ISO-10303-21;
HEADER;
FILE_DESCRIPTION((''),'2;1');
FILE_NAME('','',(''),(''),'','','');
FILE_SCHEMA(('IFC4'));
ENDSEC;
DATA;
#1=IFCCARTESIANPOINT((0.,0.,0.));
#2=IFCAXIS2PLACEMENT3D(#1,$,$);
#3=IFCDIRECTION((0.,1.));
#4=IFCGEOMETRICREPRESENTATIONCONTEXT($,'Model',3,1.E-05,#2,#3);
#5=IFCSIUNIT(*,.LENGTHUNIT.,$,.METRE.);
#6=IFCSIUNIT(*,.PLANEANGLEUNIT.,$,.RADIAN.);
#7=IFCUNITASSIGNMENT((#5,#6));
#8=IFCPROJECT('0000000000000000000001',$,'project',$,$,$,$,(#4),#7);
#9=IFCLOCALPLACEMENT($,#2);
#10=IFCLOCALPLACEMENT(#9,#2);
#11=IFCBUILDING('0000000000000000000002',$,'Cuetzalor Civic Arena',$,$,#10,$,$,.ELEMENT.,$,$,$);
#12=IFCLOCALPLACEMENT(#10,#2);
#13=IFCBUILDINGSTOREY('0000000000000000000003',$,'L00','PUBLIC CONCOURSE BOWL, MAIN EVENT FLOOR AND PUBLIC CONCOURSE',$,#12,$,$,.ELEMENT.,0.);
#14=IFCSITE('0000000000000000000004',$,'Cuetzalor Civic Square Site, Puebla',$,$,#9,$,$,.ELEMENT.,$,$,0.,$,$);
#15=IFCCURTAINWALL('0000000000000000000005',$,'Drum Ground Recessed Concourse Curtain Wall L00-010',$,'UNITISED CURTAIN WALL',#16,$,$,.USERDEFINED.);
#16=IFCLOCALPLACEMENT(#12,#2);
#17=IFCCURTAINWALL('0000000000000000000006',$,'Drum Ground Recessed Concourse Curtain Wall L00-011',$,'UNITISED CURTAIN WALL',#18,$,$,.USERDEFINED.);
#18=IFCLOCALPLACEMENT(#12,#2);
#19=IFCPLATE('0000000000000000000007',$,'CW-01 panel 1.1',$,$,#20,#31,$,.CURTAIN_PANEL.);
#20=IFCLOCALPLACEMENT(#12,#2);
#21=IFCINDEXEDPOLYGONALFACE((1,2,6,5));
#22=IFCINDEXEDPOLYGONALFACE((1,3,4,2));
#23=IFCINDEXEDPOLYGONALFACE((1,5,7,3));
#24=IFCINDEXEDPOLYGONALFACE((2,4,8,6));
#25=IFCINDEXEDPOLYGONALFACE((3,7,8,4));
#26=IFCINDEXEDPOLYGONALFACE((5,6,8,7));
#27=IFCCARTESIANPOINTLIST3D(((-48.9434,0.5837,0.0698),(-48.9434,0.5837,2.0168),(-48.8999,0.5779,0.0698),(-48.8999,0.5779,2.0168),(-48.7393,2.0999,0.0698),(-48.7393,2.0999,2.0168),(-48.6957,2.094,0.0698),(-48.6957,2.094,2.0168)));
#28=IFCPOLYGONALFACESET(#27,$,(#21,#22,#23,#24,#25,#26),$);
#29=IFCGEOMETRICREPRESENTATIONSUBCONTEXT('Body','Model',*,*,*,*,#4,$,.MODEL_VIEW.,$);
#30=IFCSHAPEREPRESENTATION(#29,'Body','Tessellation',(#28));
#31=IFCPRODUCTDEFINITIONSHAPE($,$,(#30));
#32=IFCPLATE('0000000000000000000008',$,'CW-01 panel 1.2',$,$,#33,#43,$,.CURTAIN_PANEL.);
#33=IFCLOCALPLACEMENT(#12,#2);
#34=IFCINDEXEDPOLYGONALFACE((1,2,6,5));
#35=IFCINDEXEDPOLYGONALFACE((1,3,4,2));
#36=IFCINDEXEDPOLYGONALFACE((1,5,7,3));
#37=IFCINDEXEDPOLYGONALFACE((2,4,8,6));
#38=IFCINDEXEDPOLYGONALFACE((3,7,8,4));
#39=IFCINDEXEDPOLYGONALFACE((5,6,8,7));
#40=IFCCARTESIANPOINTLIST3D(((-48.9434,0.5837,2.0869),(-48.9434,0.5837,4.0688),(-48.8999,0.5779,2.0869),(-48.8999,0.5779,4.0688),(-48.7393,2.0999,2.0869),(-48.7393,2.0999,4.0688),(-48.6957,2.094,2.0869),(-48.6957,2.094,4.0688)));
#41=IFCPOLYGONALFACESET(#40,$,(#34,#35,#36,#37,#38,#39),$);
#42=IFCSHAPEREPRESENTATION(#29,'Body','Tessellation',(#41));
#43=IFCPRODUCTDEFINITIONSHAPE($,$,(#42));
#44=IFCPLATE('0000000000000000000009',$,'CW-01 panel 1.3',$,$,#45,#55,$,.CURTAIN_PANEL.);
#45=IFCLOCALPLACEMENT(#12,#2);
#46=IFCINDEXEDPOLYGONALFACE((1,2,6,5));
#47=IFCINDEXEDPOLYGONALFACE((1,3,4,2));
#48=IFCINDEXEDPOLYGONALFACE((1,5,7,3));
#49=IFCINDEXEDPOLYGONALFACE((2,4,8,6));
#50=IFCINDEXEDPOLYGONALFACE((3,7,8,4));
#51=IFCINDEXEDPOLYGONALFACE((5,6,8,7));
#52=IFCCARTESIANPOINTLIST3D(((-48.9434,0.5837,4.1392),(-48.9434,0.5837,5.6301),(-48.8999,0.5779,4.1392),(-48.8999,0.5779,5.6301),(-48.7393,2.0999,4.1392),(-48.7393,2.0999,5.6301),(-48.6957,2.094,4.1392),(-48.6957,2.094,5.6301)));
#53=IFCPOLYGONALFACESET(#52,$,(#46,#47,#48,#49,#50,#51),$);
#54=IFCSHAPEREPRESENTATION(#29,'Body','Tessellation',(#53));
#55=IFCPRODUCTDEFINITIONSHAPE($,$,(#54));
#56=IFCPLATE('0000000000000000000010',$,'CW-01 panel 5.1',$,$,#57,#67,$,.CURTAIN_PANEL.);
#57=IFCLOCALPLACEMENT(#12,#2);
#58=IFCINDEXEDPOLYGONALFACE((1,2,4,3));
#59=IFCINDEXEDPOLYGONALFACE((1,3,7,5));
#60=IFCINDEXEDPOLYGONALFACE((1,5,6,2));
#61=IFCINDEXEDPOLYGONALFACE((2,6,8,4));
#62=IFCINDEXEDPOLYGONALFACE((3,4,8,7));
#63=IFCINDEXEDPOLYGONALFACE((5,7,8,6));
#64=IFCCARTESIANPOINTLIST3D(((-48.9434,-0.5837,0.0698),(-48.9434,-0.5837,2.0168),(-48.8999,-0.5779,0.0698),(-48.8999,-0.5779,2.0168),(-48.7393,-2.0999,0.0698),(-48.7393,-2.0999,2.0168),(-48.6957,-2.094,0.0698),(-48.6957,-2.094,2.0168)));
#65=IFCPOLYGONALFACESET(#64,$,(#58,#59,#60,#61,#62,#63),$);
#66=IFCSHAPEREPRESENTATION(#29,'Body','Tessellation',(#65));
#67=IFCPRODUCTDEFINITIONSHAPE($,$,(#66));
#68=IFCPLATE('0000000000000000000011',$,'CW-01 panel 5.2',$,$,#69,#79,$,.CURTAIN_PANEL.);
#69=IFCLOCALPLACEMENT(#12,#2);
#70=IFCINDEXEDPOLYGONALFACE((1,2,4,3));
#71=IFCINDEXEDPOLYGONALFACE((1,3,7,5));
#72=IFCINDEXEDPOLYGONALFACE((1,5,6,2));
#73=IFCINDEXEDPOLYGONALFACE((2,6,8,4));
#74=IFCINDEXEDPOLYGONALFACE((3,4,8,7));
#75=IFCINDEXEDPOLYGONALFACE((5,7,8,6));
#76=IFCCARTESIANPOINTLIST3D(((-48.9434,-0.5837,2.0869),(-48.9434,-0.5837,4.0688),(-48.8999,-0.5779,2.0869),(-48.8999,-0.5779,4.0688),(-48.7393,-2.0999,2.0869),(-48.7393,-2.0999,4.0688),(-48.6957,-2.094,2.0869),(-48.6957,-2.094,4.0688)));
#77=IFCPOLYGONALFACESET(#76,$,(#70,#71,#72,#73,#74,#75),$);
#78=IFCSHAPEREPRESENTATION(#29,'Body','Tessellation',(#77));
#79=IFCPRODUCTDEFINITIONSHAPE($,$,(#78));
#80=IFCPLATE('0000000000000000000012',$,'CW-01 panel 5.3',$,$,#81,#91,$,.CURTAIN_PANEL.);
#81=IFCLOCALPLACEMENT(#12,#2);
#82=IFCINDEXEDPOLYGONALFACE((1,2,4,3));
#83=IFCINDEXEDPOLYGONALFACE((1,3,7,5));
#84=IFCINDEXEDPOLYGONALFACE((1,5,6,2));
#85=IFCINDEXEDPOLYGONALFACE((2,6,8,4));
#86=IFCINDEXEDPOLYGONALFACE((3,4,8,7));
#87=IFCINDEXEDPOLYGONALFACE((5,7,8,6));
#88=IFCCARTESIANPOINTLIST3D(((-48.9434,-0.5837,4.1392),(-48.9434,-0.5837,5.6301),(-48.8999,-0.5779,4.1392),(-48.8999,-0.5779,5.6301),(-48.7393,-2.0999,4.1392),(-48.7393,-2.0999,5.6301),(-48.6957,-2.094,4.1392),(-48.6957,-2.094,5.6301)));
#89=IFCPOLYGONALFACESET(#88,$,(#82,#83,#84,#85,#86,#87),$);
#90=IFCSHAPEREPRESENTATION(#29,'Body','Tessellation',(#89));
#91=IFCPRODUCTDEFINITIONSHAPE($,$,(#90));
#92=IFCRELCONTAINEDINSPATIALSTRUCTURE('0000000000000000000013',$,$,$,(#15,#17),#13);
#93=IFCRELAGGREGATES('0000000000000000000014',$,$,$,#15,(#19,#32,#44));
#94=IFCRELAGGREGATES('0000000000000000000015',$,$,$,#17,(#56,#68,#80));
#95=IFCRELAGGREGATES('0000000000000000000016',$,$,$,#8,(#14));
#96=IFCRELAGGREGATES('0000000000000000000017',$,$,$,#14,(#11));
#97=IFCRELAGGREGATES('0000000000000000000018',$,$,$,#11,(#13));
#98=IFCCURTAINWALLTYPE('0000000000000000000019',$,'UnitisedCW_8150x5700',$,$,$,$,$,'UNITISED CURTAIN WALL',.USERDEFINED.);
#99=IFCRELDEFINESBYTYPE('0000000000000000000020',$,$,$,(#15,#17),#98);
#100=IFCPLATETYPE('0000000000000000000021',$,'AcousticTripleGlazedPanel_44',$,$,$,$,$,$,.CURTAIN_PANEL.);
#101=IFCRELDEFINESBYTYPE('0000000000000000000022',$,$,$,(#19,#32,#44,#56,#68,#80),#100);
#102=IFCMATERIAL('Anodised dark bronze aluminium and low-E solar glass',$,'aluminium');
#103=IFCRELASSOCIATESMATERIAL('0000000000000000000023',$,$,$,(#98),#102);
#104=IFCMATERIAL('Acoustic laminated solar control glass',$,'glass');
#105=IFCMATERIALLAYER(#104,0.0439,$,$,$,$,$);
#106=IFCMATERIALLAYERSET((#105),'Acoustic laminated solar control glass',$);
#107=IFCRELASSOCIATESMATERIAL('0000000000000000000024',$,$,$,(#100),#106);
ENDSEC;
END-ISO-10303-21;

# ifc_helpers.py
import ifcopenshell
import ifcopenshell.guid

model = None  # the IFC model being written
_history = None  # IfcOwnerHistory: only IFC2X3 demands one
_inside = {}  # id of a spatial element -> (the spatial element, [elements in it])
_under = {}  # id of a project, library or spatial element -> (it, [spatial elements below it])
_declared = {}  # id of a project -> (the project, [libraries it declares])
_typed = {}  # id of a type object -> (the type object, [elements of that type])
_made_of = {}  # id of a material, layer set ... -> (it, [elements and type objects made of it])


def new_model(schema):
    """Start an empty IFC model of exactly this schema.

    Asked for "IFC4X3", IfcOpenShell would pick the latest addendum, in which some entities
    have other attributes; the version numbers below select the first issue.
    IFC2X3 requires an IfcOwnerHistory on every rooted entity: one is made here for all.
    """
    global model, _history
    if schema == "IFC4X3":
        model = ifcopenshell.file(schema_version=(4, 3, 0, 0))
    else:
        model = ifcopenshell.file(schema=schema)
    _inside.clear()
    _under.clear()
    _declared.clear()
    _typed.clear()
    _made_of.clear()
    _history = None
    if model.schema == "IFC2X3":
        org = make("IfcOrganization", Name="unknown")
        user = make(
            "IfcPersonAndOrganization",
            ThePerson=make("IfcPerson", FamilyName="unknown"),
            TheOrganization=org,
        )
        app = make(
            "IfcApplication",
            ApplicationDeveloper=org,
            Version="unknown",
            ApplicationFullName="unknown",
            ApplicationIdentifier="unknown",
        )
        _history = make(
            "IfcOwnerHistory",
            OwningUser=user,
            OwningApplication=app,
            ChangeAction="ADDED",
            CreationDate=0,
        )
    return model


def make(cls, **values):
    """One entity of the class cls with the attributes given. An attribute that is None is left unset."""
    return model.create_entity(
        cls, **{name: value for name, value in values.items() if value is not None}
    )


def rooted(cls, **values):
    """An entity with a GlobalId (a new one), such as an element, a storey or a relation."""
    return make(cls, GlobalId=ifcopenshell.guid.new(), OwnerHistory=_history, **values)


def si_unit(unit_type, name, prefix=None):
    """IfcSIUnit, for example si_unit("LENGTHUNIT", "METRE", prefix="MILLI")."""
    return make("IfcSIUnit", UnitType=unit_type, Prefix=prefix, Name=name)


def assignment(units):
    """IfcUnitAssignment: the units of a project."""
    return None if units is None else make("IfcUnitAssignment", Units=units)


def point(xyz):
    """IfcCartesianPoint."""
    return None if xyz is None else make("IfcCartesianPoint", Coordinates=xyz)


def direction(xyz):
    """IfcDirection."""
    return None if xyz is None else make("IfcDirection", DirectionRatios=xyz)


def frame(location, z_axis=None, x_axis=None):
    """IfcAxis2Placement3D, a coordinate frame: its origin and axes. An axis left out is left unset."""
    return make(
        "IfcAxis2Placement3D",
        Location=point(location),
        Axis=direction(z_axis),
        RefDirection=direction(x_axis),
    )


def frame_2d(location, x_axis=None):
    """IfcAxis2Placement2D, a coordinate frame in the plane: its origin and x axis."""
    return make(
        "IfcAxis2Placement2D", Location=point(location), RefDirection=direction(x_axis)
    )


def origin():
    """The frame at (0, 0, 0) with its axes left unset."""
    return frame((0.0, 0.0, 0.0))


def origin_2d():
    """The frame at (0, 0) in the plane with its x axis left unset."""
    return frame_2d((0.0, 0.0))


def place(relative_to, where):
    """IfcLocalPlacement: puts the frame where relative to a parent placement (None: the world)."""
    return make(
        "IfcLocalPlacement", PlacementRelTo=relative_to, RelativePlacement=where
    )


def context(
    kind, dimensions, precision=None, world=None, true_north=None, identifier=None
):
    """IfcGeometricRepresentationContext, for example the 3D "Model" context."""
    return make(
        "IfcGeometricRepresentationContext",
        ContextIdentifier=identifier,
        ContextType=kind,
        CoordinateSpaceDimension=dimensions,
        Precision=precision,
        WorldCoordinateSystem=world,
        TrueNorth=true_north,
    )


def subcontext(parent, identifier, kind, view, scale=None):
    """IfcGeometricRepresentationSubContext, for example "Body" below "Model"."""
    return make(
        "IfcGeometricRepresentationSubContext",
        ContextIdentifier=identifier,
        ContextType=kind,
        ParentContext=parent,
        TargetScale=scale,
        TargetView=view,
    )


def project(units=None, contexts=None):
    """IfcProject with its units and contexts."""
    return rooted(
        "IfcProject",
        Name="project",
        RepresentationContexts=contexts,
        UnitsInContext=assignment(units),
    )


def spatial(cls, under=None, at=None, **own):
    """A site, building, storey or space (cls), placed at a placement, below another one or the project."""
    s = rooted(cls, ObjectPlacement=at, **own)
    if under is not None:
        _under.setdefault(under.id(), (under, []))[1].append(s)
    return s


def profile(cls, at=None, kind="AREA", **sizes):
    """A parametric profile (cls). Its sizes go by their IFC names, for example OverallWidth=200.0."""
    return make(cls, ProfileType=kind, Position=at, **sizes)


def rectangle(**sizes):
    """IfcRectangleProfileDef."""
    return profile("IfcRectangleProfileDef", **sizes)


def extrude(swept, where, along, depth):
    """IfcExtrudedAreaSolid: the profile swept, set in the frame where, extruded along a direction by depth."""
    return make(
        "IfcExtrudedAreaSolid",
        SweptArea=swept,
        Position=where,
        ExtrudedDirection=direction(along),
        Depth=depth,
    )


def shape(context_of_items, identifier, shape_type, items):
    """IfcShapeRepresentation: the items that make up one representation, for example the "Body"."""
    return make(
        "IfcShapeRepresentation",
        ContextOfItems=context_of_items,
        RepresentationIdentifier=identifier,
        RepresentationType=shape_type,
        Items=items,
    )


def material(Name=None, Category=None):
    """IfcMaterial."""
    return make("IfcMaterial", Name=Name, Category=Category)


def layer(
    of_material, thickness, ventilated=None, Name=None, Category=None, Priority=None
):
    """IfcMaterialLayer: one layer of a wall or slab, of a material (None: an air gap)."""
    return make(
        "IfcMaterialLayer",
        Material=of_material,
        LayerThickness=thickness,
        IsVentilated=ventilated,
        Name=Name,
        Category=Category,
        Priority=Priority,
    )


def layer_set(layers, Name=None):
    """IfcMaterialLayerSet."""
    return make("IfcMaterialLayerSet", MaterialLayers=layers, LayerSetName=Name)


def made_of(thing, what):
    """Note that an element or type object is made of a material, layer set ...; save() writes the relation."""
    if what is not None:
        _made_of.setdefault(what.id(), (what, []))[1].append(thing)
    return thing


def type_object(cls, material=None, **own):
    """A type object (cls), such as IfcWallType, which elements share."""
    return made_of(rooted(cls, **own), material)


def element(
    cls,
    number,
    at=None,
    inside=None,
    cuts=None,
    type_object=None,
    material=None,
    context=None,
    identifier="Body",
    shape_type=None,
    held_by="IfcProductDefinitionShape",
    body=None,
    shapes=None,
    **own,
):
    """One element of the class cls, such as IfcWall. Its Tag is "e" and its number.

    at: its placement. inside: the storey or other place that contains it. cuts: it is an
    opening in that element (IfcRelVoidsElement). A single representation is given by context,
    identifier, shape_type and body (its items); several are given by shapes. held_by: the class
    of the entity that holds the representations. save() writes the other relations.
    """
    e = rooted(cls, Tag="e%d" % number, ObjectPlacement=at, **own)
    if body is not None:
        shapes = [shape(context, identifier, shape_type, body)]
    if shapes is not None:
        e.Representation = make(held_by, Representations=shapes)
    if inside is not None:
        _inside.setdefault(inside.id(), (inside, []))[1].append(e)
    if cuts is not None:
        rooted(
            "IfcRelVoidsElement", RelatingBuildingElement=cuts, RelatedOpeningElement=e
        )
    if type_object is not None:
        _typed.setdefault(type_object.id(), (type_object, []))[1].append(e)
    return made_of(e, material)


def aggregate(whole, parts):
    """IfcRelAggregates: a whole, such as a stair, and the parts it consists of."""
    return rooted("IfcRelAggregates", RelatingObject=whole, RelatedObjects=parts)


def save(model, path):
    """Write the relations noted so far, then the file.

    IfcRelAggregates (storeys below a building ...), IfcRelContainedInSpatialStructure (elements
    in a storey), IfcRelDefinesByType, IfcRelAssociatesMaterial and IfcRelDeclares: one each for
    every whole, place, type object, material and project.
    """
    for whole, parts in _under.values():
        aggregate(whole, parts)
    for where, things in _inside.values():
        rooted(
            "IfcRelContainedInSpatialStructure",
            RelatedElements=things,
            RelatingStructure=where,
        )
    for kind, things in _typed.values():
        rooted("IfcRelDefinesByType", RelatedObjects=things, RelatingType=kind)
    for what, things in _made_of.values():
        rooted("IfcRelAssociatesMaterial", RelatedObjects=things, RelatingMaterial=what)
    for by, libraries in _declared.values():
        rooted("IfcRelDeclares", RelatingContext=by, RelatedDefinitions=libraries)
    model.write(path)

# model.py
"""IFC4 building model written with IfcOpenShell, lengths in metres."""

from ifc_helpers import new_model, si_unit, direction, frame, origin, origin_2d, place, context, subcontext, project, spatial, rectangle, extrude, material, layer, layer_set, type_object, element, aggregate, save


model = new_model("IFC4")

# Units and contexts
model_context = context("Model", 3, precision=1e-05, world=origin(), true_north=direction((0.0, 1.0)))
body_context = subcontext(model_context, "Body", "Model", "MODEL_VIEW")
ifc_project = project(units=[si_unit("LENGTHUNIT", "METRE"), si_unit("PLANEANGLEUNIT", "RADIAN")], contexts=[model_context])

# Site, building, storey
site_placement = place(None, origin())
site = spatial("IfcSite", under=ifc_project, at=site_placement, Name="Cuetzalor Civic Square Site, Puebla", CompositionType="ELEMENT", RefElevation=0.0)
building_placement = place(site_placement, origin())
building = spatial("IfcBuilding", under=site, at=building_placement, Name="Cuetzalor Civic Arena", CompositionType="ELEMENT")
storey_placement = place(building_placement, origin())
storey = spatial("IfcBuildingStorey", under=building, at=storey_placement, Name="L00", Description="PUBLIC CONCOURSE BOWL, MAIN EVENT FLOOR AND PUBLIC CONCOURSE", CompositionType="ELEMENT", Elevation=0.0)

# Curtain walls
ifc_material_1 = material(Name="Anodised dark bronze aluminium and low-E solar glass", Category="aluminium")
curtain_wall_type = type_object("IfcCurtainWallType", Name="UnitisedCW_8150x5700", ElementType="UNITISED CURTAIN WALL", PredefinedType="USERDEFINED", material=ifc_material_1)
curtain_wall_1_placement = place(storey_placement, origin())
curtain_wall_1 = element("IfcCurtainWall", 1, at=curtain_wall_1_placement, inside=storey, type_object=curtain_wall_type, Name="Drum Ground Recessed Concourse Curtain Wall L00-010", ObjectType="UNITISED CURTAIN WALL", PredefinedType="USERDEFINED")
curtain_wall_2_placement = place(storey_placement, origin())
curtain_wall_2 = element("IfcCurtainWall", 2, at=curtain_wall_2_placement, inside=storey, type_object=curtain_wall_type, Name="Drum Ground Recessed Concourse Curtain Wall L00-011", ObjectType="UNITISED CURTAIN WALL", PredefinedType="USERDEFINED")

# Plates
ifc_material_2 = material(Name="Acoustic laminated solar control glass", Category="glass")
ifc_layer = layer(ifc_material_2, 0.0439)
ifc_layer_set = layer_set([ifc_layer], Name="Acoustic laminated solar control glass")
plate_type = type_object("IfcPlateType", Name="AcousticTripleGlazedPanel_44", PredefinedType="CURTAIN_PANEL", material=ifc_layer_set)
plate_1_placement = place(storey_placement, frame((-48.8196, 1.3389, 0.0698), z_axis=(0.0, 0.0, 1.0), x_axis=(0.133443, 0.991056, 0.0)))
plate_1 = element("IfcPlate", 3, at=plate_1_placement, type_object=plate_type, Name="CW-01 panel 1.1", PredefinedType="CURTAIN_PANEL", context=body_context, shape_type="SweptSolid", body=[
    extrude(rectangle(XDim=1.5298, YDim=0.0439, at=origin_2d()), origin(), (0.0, 0.0, 1.0), 1.947),
])
plate_2_placement = place(storey_placement, frame((-48.8196, 1.3389, 2.0869), z_axis=(0.0, 0.0, 1.0), x_axis=(0.133443, 0.991056, 0.0)))
plate_2 = element("IfcPlate", 4, at=plate_2_placement, type_object=plate_type, Name="CW-01 panel 1.2", PredefinedType="CURTAIN_PANEL", context=body_context, shape_type="SweptSolid", body=[
    extrude(rectangle(XDim=1.5298, YDim=0.0439, at=origin_2d()), origin(), (0.0, 0.0, 1.0), 1.9819),
])
plate_3_placement = place(storey_placement, frame((-48.8196, 1.3389, 4.1392), z_axis=(0.0, 0.0, 1.0), x_axis=(0.133443, 0.991056, 0.0)))
plate_3 = element("IfcPlate", 5, at=plate_3_placement, type_object=plate_type, Name="CW-01 panel 1.3", PredefinedType="CURTAIN_PANEL", context=body_context, shape_type="SweptSolid", body=[
    extrude(rectangle(XDim=1.5298, YDim=0.0439, at=origin_2d()), origin(), (0.0, 0.0, 1.0), 1.491),
])
aggregate(curtain_wall_1, [plate_1, plate_2, plate_3])
plate_4_placement = place(storey_placement, frame((-48.8196, -1.3389, 0.0698), z_axis=(0.0, 0.0, 1.0), x_axis=(-0.133443, 0.991056, 0.0)))
plate_4 = element("IfcPlate", 6, at=plate_4_placement, type_object=plate_type, Name="CW-01 panel 5.1", PredefinedType="CURTAIN_PANEL", context=body_context, shape_type="SweptSolid", body=[
    extrude(rectangle(XDim=1.5298, YDim=0.0439, at=origin_2d()), origin(), (0.0, 0.0, 1.0), 1.947),
])
plate_5_placement = place(storey_placement, frame((-48.8196, -1.3389, 2.0869), z_axis=(0.0, 0.0, 1.0), x_axis=(-0.133443, 0.991056, 0.0)))
plate_5 = element("IfcPlate", 7, at=plate_5_placement, type_object=plate_type, Name="CW-01 panel 5.2", PredefinedType="CURTAIN_PANEL", context=body_context, shape_type="SweptSolid", body=[
    extrude(rectangle(XDim=1.5298, YDim=0.0439, at=origin_2d()), origin(), (0.0, 0.0, 1.0), 1.9819),
])
plate_6_placement = place(storey_placement, frame((-48.8196, -1.3389, 4.1392), z_axis=(0.0, 0.0, 1.0), x_axis=(-0.133443, 0.991056, 0.0)))
plate_6 = element("IfcPlate", 8, at=plate_6_placement, type_object=plate_type, Name="CW-01 panel 5.3", PredefinedType="CURTAIN_PANEL", context=body_context, shape_type="SweptSolid", body=[
    extrude(rectangle(XDim=1.5298, YDim=0.0439, at=origin_2d()), origin(), (0.0, 0.0, 1.0), 1.491),
])
aggregate(curtain_wall_2, [plate_4, plate_5, plate_6])

save(model, "model.ifc")
